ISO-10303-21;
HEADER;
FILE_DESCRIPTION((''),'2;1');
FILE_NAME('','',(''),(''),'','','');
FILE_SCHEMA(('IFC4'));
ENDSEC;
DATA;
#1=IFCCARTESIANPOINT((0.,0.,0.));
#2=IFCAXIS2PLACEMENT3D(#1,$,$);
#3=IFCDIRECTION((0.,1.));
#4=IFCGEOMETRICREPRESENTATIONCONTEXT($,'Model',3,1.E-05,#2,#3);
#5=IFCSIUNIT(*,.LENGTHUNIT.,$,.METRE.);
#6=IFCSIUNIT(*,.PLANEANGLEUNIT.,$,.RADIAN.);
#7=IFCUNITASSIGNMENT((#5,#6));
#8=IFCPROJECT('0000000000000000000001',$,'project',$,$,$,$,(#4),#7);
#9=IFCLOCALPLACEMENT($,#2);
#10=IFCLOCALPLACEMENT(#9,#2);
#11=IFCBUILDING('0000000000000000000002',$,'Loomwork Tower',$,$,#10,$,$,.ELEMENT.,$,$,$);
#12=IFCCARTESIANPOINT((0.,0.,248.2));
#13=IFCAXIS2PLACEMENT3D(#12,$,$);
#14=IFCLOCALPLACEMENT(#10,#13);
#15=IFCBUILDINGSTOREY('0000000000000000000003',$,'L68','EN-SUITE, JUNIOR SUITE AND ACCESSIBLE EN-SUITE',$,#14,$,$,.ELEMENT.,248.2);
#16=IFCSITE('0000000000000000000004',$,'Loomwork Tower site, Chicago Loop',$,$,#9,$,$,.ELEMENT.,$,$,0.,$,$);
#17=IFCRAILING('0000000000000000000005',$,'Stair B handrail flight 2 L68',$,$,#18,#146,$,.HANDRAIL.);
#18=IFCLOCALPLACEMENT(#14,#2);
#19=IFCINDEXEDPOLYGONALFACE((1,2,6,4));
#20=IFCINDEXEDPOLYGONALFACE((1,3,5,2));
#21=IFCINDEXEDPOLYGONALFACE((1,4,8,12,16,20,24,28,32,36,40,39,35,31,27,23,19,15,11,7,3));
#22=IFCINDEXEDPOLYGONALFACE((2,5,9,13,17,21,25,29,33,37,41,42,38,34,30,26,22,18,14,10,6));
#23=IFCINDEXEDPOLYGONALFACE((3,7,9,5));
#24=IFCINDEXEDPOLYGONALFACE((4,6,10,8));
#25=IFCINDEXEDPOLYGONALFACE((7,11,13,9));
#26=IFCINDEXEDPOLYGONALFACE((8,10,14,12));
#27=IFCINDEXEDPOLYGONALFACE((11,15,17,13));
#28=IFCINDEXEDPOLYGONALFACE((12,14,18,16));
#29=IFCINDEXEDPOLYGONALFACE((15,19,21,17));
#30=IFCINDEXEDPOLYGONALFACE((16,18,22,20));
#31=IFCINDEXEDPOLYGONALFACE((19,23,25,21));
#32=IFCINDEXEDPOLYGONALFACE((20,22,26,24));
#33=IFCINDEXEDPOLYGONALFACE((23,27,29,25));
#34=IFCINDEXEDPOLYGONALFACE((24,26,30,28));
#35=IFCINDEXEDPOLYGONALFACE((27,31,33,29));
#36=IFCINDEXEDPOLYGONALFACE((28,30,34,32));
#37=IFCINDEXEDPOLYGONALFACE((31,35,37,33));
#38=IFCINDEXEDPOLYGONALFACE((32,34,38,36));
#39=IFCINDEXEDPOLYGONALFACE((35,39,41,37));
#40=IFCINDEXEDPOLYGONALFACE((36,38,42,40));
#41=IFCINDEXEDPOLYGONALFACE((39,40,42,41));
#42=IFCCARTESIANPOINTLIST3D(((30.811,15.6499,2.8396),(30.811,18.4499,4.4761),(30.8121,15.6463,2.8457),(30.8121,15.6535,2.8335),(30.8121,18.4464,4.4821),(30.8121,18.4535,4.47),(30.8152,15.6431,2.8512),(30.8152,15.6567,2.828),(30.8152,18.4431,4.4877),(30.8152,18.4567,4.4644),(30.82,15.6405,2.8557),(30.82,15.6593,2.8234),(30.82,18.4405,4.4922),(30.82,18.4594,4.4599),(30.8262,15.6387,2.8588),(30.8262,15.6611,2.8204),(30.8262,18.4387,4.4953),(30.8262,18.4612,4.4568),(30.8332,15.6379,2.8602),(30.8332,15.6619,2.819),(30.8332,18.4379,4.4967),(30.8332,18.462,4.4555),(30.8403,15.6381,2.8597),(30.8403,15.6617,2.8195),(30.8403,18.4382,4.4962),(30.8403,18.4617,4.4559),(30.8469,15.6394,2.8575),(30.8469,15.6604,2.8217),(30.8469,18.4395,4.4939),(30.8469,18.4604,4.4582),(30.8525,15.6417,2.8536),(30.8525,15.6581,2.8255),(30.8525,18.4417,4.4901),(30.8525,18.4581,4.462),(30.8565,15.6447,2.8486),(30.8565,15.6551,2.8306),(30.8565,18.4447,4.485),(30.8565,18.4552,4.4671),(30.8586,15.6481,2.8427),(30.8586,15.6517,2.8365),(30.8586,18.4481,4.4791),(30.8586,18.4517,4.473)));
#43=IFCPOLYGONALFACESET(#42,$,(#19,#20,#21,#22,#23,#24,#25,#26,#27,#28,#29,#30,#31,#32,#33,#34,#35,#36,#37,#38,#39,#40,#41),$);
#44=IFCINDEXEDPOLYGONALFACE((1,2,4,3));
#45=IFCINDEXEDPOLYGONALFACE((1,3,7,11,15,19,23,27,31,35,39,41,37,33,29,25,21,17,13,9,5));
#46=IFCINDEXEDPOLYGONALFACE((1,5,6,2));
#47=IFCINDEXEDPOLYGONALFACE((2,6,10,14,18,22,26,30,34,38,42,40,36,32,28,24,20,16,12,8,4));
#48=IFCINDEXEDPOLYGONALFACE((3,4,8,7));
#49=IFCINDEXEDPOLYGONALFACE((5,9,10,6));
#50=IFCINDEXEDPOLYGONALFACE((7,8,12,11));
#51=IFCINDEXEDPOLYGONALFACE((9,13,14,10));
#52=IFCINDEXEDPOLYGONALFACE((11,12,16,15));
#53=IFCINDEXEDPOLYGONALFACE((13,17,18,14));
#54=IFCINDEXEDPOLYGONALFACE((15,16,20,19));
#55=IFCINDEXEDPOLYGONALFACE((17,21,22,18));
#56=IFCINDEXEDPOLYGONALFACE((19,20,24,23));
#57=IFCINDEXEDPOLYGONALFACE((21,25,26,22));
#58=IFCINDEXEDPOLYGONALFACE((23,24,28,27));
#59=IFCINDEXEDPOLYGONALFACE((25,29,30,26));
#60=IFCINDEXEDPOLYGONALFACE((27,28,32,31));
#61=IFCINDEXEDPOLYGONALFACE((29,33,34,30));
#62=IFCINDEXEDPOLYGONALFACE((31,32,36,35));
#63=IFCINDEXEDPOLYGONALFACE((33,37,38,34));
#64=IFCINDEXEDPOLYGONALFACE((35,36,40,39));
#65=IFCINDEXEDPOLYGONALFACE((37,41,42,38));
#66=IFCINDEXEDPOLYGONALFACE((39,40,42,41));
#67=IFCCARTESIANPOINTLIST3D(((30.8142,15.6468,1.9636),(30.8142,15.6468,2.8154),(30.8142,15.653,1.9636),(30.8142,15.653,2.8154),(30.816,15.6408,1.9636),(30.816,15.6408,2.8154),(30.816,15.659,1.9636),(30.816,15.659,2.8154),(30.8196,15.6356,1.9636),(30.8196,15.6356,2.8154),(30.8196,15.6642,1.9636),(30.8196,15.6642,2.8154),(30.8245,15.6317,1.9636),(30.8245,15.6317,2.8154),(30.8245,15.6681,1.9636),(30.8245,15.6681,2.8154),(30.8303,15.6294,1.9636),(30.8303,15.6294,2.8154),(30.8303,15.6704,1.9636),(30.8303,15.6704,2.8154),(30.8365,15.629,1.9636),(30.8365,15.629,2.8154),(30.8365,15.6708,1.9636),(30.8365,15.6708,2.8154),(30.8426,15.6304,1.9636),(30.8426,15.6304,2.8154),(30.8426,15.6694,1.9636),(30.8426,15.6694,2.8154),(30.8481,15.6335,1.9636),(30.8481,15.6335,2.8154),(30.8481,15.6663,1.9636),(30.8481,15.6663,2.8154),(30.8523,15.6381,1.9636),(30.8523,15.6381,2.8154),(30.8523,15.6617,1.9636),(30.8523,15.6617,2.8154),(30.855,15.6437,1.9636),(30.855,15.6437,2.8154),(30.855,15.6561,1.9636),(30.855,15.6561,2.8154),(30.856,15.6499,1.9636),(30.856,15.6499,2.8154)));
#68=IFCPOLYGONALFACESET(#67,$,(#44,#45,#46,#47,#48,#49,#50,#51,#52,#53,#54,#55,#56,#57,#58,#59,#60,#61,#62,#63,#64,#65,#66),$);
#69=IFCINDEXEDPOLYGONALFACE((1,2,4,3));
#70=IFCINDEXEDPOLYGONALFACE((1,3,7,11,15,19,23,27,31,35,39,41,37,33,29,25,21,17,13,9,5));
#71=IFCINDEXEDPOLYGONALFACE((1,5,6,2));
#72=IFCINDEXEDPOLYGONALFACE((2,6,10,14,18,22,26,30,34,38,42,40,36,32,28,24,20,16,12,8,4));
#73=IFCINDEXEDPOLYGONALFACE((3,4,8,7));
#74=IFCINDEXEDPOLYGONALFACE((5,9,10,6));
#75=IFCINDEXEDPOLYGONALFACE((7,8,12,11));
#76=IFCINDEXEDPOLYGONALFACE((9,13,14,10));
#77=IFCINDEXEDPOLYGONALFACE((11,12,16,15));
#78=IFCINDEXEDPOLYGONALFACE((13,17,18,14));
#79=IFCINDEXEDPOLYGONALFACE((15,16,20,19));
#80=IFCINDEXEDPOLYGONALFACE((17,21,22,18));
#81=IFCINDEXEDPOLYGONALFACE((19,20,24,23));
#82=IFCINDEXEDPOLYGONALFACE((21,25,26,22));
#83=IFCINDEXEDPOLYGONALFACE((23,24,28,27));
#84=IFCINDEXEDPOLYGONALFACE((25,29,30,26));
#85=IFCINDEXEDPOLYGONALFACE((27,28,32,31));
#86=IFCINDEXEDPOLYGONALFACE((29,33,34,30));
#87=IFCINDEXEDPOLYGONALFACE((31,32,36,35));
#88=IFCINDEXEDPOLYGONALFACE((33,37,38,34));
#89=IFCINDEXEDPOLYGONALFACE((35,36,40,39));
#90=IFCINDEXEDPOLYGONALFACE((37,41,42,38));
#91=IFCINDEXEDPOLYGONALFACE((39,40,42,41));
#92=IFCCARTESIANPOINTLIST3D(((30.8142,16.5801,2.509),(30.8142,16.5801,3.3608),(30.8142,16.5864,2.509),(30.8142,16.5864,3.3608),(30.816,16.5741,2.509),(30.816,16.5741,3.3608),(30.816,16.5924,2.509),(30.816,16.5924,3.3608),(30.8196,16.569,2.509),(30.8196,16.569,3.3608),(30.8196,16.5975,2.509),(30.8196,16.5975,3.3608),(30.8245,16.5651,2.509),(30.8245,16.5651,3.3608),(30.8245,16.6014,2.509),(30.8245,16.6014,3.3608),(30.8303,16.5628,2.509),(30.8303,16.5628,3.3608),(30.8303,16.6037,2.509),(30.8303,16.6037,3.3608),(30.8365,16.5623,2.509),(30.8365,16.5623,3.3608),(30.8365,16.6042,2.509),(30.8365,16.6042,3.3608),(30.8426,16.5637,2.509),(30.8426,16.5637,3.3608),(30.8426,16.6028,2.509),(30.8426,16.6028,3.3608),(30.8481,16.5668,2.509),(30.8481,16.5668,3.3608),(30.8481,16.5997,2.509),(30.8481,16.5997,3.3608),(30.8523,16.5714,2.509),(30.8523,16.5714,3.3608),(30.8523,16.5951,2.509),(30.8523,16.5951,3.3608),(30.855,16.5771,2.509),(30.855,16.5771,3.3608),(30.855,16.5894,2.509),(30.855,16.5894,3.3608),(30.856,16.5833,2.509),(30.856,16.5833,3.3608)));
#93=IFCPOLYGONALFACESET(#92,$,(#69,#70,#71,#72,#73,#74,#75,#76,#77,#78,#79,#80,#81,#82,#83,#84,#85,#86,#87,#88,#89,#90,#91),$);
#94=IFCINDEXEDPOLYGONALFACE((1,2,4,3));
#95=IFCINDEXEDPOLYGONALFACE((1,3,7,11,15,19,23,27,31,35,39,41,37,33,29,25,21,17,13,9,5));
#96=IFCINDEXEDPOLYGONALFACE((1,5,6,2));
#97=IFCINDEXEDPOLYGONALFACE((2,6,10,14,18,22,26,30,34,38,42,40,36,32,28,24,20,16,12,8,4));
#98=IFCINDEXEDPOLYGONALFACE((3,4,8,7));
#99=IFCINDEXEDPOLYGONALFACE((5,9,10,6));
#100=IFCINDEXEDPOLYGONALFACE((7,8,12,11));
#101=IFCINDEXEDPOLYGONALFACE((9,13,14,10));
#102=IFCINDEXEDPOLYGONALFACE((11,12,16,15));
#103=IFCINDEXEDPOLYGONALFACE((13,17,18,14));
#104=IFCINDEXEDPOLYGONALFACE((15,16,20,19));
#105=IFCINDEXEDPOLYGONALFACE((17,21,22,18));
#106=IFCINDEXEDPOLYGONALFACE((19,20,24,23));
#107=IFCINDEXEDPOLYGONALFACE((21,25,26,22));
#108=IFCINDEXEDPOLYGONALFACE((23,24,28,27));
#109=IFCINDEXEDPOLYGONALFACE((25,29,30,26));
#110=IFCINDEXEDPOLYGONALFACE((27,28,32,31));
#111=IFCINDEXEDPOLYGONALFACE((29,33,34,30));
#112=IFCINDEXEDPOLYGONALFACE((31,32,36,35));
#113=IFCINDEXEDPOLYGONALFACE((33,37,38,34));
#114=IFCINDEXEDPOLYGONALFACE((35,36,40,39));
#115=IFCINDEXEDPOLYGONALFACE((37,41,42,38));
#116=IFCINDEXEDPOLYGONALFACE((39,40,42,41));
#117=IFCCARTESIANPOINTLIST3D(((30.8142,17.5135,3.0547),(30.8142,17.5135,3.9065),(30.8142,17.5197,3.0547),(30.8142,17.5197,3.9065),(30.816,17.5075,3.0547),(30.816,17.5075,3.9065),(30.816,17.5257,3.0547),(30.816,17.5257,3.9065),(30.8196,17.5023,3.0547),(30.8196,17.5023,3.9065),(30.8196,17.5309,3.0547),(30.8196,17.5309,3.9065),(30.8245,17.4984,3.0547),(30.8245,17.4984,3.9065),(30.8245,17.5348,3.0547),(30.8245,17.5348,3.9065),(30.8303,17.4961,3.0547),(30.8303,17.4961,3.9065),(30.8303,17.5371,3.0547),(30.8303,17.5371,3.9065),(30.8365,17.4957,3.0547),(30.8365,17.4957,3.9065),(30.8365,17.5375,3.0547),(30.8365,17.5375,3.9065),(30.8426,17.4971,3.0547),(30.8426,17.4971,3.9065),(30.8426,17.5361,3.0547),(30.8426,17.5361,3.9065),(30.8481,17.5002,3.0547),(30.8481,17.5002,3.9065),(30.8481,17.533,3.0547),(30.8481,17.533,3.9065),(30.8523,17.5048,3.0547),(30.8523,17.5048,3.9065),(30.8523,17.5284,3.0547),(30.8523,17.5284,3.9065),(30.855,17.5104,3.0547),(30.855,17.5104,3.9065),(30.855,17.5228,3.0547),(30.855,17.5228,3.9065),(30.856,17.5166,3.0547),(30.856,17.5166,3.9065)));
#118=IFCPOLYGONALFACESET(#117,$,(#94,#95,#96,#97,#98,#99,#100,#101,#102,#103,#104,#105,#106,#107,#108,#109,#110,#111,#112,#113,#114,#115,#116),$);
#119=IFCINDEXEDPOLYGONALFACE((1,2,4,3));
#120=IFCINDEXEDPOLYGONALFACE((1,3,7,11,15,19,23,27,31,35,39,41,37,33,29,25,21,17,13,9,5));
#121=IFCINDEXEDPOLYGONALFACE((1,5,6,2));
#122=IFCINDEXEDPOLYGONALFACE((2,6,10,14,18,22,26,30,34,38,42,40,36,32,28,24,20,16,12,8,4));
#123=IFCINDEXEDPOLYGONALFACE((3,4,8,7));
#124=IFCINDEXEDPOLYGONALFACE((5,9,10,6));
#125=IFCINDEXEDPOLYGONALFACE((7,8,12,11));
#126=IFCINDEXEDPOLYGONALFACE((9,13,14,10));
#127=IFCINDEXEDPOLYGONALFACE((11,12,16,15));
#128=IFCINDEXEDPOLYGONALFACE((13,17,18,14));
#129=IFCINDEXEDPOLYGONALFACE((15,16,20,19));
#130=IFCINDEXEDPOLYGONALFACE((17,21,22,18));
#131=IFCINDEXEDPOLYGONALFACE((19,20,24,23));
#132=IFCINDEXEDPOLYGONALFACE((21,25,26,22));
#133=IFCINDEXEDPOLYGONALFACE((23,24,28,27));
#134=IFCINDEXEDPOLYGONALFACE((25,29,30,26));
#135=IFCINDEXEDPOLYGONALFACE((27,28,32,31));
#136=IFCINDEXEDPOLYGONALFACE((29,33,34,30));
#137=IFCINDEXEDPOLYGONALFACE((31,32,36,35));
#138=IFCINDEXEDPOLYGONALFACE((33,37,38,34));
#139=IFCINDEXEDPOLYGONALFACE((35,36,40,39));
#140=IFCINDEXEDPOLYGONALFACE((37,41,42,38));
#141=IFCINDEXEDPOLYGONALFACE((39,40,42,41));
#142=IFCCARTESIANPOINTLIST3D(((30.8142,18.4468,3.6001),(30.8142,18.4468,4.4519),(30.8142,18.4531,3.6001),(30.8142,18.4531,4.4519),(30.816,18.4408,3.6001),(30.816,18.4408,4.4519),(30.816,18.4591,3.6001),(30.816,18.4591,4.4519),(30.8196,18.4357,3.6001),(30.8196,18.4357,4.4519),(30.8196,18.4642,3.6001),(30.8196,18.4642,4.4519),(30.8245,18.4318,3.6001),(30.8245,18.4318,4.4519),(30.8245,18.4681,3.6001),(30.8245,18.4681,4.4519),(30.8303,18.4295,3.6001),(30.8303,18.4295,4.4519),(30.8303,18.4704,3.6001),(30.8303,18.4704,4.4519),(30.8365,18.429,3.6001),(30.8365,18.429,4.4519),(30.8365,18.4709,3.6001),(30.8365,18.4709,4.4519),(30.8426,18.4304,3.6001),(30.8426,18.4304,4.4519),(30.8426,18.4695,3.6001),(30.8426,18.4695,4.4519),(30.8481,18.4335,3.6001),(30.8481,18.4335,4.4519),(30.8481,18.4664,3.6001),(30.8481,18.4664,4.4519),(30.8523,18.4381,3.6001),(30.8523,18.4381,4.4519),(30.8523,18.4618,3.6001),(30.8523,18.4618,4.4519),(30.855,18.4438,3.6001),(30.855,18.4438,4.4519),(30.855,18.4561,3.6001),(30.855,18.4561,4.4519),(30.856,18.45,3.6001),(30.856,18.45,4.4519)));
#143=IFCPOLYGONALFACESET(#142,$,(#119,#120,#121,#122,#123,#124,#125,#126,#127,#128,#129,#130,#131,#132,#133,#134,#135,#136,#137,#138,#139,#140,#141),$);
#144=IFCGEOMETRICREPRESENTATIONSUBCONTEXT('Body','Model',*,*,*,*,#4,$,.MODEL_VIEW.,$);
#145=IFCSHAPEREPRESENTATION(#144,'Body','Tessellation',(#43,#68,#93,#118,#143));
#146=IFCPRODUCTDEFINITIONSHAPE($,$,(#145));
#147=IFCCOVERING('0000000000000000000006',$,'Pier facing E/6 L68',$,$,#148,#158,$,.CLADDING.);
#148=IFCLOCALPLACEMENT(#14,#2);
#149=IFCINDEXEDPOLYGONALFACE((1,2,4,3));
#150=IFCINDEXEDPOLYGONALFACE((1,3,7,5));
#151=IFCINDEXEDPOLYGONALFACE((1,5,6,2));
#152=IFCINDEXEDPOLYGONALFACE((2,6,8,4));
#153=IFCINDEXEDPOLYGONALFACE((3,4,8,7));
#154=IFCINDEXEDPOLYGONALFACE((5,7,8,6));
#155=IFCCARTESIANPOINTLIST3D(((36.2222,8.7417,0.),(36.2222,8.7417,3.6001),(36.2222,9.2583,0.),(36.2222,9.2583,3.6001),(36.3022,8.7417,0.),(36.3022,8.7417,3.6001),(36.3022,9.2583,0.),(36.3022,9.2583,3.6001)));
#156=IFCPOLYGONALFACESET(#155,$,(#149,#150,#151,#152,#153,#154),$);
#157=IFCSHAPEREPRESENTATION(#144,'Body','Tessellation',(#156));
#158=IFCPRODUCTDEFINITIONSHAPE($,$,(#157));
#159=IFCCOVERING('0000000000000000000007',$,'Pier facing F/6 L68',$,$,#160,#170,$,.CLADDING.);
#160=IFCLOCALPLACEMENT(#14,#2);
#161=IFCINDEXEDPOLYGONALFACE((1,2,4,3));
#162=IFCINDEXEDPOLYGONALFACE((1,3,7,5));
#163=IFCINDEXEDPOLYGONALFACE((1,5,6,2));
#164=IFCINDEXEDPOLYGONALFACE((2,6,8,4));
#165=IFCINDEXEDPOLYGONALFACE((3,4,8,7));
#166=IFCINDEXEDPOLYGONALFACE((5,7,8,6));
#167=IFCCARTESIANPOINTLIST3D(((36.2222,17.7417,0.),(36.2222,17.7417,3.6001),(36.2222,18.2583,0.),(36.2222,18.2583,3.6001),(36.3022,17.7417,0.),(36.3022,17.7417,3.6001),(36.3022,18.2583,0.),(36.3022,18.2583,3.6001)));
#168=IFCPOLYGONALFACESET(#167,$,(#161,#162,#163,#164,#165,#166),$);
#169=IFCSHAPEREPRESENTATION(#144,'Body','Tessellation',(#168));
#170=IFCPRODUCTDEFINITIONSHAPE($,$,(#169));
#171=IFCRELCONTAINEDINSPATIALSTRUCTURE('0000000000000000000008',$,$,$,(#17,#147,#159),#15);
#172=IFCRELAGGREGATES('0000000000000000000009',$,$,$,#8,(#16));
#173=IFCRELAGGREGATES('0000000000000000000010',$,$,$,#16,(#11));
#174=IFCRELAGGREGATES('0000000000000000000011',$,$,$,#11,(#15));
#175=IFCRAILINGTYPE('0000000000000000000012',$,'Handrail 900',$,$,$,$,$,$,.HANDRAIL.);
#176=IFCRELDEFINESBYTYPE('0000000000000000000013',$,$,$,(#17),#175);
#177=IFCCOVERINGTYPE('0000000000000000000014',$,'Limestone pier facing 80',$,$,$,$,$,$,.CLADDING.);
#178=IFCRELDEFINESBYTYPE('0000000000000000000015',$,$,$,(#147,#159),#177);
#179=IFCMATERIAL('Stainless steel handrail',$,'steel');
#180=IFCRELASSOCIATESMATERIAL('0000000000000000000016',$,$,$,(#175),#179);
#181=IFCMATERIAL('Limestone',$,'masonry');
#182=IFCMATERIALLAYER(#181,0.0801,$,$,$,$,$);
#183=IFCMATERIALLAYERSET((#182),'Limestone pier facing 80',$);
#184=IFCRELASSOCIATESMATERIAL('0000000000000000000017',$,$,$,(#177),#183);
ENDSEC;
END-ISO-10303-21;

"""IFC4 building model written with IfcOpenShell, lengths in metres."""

from ifc_helpers import new_model, si_unit, direction, frame, origin, origin_2d, place, context, subcontext, project, spatial, rectangle, circle, extrude, material, layer, layer_set, type_object, element, save


model = new_model("IFC4")

# Units and contexts
model_context = context("Model", 3, precision=1e-05, world=origin(), true_north=direction((0.0, 1.0)))
body_context = subcontext(model_context, "Body", "Model", "MODEL_VIEW")
ifc_project = project(units=[si_unit("LENGTHUNIT", "METRE"), si_unit("PLANEANGLEUNIT", "RADIAN")], contexts=[model_context])

# Site, building, storey
site_placement = place(None, origin())
site = spatial("IfcSite", under=ifc_project, at=site_placement, Name="Loomwork Tower site, Chicago Loop", CompositionType="ELEMENT", RefElevation=0.0)
building_placement = place(site_placement, origin())
building = spatial("IfcBuilding", under=site, at=building_placement, Name="Loomwork Tower", CompositionType="ELEMENT")
storey_placement = place(building_placement, frame((0.0, 0.0, 248.2)))
storey = spatial("IfcBuildingStorey", under=building, at=storey_placement, Name="L68", Description="EN-SUITE, JUNIOR SUITE AND ACCESSIBLE EN-SUITE", CompositionType="ELEMENT", Elevation=248.2)

# Railing
ifc_material_1 = material(Name="Stainless steel handrail", Category="steel")
railing_type = type_object("IfcRailingType", Name="Handrail 900", PredefinedType="HANDRAIL", material=ifc_material_1)
railing_placement = place(storey_placement, frame((30.835, 15.6499, 1.9636)))
element("IfcRailing", 1, at=railing_placement, inside=storey, type_object=railing_type, Name="Stair B handrail flight 2 L68", PredefinedType="HANDRAIL", context=body_context, shape_type="SweptSolid", body=[
    extrude(circle(Radius=0.0239, at=origin_2d()), frame((0.0, 0.0, 0.876), z_axis=(0.0, 0.863361, 0.504587), x_axis=(-1.0, 0.0, 0.0)), (0.0, 0.0, 1.0), 3.2432),
    extrude(circle(Radius=0.021, at=origin_2d()), origin(), (0.0, 0.0, 1.0), 0.8518),
    extrude(circle(Radius=0.021, at=origin_2d()), frame((0.0, 0.9333, 0.5454)), (0.0, 0.0, 1.0), 0.8518),
    extrude(circle(Radius=0.021, at=origin_2d()), frame((0.0, 1.8667, 1.0911)), (0.0, 0.0, 1.0), 0.8518),
    extrude(circle(Radius=0.021, at=origin_2d()), frame((0.0, 2.8, 1.6365)), (0.0, 0.0, 1.0), 0.8518),
])

# Coverings
ifc_material_2 = material(Name="Limestone", Category="masonry")
ifc_layer_1 = layer(ifc_material_2, 0.0801)
ifc_layer_set_1 = layer_set([ifc_layer_1], Name="Limestone pier facing 80")
covering_type = type_object("IfcCoveringType", Name="Limestone pier facing 80", PredefinedType="CLADDING", material=ifc_layer_set_1)
for number, where, z_axis, x_axis, name in (
    (2, (36.2622, 9.0, 0.0), (0.0, 0.0, 1.0), (1.0, 0.0, 0.0), "Pier facing E/6 L68"),
    (3, (36.2622, 18.0, 0.0), (0.0, 0.0, 1.0), (1.0, 0.0, 0.0), "Pier facing F/6 L68"),
):
    element("IfcCovering", number, at=place(storey_placement, frame(where, z_axis=z_axis, x_axis=x_axis)), inside=storey, type_object=covering_type, Name=name, PredefinedType="CLADDING", context=body_context, shape_type="SweptSolid", body=[
        extrude(rectangle(XDim=0.0801, YDim=0.5166, at=origin_2d()), origin(), (0.0, 0.0, 1.0), 3.6001),
    ])

save(model, "model.ifc")
